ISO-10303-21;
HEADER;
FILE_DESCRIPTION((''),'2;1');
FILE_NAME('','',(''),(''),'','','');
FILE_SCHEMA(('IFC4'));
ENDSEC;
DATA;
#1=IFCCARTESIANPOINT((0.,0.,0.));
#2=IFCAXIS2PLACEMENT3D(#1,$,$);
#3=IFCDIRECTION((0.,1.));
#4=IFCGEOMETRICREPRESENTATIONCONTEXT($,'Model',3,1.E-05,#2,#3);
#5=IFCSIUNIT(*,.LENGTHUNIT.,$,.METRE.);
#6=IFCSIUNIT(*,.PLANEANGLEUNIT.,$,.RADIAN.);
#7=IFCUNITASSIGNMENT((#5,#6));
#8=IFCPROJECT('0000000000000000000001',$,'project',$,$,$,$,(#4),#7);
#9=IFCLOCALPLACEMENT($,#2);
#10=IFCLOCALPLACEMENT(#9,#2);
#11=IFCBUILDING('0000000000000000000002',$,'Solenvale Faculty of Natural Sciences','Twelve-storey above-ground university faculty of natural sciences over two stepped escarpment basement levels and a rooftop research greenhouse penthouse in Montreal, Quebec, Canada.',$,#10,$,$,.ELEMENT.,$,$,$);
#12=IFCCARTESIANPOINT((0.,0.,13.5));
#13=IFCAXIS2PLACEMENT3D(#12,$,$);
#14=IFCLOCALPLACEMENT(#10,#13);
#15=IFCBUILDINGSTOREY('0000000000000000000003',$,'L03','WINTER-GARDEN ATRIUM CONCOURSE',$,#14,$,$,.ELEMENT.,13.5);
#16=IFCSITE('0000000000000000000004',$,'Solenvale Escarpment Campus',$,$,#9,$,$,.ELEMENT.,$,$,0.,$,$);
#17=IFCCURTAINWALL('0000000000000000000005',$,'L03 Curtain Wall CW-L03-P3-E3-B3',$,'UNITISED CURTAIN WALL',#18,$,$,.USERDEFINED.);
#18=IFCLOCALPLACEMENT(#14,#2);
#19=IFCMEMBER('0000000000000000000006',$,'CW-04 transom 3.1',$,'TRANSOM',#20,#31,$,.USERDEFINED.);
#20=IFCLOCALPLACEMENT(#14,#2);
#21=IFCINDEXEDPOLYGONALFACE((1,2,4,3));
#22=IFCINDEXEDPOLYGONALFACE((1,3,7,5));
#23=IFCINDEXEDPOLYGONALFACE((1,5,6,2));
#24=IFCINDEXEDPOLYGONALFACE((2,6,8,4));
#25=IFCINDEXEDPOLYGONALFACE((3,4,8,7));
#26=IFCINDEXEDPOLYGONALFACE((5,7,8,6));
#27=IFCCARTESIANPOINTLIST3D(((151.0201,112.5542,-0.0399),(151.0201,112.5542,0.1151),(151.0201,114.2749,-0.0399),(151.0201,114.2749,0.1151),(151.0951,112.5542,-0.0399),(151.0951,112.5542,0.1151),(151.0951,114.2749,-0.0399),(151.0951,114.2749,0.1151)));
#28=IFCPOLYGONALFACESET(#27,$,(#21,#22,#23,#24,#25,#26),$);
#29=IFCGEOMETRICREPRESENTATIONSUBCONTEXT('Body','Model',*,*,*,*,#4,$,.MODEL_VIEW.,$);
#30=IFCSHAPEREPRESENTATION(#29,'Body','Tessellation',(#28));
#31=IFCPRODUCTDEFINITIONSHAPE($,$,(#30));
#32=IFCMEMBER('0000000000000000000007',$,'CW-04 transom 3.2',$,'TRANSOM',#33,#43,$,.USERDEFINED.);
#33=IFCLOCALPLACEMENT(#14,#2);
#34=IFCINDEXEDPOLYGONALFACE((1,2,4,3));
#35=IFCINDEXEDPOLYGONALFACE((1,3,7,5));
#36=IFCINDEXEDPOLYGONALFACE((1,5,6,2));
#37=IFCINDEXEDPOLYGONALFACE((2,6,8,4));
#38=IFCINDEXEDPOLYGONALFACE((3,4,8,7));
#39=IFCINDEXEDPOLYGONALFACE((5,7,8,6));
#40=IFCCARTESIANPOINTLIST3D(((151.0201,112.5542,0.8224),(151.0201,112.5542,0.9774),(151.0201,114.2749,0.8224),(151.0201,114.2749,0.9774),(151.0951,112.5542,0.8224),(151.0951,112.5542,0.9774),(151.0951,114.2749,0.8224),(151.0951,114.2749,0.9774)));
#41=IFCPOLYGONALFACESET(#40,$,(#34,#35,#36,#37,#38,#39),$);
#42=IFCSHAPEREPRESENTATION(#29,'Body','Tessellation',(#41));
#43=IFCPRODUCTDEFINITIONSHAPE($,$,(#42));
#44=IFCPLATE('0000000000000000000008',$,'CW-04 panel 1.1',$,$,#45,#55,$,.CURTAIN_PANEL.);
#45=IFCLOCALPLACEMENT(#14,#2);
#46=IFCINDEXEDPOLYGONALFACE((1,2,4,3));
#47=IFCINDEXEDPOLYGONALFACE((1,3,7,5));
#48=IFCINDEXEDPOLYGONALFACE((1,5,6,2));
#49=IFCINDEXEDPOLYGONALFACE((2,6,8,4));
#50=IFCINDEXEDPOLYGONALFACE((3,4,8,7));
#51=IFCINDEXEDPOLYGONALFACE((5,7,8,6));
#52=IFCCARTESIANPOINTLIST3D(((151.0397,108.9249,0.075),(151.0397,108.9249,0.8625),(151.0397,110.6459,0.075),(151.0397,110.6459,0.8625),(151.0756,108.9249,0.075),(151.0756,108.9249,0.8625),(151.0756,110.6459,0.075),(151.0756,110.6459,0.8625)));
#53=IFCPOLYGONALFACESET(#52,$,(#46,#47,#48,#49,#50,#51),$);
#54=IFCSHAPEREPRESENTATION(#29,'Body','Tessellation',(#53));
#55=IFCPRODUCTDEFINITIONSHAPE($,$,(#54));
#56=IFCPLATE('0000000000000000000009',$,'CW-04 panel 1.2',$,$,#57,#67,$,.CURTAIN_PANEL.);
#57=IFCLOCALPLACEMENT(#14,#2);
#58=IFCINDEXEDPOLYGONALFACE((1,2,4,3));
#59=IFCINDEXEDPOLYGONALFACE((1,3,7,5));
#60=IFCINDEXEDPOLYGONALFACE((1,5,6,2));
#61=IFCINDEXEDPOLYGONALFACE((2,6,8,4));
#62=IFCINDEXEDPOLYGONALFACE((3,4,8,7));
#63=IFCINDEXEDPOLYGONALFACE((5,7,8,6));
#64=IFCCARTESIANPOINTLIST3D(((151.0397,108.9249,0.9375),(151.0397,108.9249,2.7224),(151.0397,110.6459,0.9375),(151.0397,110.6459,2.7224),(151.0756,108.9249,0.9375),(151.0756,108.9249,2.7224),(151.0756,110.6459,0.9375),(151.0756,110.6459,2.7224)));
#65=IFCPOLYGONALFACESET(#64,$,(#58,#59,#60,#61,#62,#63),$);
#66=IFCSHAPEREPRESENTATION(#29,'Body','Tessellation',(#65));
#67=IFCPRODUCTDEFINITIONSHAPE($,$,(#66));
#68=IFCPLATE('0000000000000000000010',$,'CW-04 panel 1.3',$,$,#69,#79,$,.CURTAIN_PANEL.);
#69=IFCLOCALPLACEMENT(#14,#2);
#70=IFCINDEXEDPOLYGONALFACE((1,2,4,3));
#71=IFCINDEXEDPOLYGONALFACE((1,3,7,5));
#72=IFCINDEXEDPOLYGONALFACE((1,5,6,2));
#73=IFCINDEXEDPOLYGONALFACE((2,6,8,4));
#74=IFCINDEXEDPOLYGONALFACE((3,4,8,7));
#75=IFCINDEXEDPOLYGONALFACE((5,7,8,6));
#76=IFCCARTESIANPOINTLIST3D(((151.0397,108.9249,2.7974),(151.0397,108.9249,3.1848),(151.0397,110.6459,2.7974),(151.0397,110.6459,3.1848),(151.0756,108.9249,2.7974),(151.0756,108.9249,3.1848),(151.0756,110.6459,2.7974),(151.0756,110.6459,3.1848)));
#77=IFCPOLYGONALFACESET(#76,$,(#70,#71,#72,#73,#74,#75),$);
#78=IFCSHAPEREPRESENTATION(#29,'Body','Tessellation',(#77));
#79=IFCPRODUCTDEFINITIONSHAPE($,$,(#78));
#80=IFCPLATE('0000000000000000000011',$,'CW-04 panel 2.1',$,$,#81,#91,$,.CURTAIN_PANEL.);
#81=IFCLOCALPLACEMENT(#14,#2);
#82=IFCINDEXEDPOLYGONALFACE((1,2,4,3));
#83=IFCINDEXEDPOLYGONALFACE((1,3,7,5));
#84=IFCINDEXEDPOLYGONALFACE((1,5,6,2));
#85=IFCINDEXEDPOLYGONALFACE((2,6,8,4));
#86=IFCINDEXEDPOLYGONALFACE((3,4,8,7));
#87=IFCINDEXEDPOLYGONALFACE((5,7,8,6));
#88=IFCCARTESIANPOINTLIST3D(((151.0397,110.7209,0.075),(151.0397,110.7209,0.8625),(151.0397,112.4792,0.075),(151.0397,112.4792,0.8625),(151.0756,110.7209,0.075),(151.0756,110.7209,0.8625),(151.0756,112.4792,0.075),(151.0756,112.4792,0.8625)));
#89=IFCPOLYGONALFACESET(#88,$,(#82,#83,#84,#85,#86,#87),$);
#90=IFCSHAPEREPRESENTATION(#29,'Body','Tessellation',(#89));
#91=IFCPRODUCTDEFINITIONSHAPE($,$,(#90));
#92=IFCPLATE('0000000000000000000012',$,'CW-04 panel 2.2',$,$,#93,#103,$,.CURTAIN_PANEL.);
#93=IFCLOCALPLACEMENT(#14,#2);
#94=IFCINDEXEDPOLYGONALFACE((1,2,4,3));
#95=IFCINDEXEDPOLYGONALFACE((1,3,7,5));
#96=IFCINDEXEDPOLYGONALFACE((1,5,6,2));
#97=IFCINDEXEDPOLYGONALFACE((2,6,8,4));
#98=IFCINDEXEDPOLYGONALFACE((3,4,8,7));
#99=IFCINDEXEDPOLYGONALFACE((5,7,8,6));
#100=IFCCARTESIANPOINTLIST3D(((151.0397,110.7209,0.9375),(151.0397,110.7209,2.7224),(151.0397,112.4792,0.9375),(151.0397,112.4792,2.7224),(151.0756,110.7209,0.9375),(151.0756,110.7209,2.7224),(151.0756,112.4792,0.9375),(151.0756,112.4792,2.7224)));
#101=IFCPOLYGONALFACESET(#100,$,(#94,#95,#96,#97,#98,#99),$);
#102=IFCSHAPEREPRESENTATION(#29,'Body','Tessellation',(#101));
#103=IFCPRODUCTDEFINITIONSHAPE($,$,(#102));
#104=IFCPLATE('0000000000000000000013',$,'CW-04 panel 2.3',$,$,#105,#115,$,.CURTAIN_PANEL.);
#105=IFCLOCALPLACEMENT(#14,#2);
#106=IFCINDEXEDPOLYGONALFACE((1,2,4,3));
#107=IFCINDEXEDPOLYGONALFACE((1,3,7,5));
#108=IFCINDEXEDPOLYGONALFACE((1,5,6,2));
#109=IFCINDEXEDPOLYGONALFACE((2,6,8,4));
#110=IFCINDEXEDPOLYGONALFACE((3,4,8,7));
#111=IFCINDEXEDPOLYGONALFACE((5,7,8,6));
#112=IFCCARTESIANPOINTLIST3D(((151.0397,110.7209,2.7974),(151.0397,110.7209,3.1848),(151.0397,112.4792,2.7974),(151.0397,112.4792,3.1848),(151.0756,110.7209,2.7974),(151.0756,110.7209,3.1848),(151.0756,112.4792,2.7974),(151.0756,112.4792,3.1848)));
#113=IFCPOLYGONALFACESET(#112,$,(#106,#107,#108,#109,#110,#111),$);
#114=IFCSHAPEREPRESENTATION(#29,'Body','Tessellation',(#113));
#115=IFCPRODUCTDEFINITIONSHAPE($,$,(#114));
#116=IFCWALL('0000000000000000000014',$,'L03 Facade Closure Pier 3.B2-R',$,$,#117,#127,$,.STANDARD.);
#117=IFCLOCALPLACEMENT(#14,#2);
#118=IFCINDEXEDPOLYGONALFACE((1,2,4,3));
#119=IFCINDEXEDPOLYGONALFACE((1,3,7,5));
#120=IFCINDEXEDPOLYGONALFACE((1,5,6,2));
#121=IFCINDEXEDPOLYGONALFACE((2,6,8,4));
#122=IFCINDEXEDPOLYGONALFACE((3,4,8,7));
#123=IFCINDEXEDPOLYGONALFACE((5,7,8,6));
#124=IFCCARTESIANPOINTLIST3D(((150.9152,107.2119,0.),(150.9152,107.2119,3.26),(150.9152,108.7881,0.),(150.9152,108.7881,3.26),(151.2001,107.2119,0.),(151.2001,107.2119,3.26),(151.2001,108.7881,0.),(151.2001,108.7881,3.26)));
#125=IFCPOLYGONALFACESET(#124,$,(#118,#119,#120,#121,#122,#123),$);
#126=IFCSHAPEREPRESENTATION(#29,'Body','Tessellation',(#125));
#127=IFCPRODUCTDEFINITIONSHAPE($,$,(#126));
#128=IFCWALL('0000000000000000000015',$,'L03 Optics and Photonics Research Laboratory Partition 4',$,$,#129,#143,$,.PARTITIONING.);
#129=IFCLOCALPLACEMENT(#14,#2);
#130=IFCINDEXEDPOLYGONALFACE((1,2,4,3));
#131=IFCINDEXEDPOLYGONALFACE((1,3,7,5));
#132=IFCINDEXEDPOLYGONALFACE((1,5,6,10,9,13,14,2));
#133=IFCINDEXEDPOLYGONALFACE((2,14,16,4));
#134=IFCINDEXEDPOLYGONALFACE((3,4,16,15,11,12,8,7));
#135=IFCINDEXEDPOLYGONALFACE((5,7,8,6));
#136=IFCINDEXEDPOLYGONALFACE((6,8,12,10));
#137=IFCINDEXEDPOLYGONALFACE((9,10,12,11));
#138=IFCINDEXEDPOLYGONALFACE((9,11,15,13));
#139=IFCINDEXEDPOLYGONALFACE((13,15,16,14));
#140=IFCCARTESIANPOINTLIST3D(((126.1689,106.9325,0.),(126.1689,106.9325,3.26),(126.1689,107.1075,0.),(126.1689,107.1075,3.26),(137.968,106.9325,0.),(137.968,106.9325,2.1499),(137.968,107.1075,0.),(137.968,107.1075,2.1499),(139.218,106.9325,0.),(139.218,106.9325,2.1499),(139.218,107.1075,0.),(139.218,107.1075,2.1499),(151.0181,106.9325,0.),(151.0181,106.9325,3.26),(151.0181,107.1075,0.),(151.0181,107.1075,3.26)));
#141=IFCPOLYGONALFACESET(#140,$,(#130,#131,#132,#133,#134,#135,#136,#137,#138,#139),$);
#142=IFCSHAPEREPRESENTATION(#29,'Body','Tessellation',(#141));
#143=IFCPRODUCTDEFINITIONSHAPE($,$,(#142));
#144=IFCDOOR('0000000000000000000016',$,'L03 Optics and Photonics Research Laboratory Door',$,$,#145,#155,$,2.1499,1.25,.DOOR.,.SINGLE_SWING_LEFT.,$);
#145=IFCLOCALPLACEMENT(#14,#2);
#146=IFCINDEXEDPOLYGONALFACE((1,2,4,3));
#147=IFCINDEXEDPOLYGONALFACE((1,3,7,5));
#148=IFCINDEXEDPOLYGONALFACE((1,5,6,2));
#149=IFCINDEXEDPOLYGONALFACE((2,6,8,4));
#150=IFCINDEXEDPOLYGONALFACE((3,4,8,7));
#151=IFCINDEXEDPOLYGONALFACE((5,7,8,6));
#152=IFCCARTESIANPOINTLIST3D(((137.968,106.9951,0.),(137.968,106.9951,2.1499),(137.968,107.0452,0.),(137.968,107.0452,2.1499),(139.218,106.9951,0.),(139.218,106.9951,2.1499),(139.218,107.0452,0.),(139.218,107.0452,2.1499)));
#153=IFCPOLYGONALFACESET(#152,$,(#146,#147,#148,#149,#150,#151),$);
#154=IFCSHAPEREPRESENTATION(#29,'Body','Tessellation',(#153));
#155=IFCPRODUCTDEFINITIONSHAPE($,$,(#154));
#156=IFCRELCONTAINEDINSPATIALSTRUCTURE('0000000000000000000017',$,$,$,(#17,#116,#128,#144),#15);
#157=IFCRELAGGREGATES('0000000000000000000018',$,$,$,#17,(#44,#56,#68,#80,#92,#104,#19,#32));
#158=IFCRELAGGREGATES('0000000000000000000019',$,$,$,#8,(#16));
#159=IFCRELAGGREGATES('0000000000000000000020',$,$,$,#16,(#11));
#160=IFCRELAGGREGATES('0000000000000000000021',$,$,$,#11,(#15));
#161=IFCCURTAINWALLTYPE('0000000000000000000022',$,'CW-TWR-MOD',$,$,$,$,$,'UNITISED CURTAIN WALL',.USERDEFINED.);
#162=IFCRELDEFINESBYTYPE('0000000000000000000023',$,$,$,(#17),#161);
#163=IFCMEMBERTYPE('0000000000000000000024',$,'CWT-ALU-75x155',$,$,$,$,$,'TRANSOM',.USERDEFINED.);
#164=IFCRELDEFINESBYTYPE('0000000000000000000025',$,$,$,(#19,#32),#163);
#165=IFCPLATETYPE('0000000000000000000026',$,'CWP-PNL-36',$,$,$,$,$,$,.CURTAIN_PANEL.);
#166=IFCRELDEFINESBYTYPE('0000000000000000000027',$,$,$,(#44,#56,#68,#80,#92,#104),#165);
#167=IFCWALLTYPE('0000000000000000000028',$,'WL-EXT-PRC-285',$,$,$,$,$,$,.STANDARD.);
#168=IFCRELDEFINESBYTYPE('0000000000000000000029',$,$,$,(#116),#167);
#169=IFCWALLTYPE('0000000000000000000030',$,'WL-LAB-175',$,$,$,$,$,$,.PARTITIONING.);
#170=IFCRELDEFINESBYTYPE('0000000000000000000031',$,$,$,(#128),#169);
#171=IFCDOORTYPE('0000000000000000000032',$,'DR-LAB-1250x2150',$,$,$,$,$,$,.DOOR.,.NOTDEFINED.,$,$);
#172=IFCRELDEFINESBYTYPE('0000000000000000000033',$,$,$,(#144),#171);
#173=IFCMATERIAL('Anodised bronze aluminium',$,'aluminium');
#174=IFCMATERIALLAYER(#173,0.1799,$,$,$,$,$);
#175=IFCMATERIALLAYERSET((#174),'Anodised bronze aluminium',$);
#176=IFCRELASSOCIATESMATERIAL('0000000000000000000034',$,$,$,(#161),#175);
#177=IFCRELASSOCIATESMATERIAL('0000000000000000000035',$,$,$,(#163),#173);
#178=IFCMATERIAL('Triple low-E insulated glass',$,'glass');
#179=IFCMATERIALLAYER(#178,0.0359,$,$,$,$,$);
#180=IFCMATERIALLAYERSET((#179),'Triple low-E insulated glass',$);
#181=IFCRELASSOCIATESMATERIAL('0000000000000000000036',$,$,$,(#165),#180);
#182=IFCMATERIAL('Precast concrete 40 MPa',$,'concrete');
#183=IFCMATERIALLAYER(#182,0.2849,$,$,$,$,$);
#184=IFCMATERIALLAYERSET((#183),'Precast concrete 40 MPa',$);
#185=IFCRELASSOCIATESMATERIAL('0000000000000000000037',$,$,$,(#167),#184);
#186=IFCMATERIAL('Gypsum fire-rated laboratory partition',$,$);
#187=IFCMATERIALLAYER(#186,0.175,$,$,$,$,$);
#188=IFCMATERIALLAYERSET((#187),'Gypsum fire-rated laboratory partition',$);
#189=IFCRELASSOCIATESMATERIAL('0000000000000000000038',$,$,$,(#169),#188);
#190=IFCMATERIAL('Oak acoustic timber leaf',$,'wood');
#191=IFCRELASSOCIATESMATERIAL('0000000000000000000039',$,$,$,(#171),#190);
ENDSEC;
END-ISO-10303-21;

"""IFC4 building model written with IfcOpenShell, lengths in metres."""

from ifc_helpers import new_model, si_unit, direction, frame, frame_2d, origin, origin_2d, place, context, subcontext, project, spatial, rectangle, extrude, material, layer, layer_set, material_profile, profile_set, type_object, element, fill, aggregate, save


model = new_model("IFC4")

# Units and contexts
model_context = context("Model", 3, precision=1e-05, world=origin(), true_north=direction((0.0, 1.0)))
body_context = subcontext(model_context, "Body", "Model", "MODEL_VIEW")
ifc_project = project(units=[si_unit("LENGTHUNIT", "METRE"), si_unit("PLANEANGLEUNIT", "RADIAN")], contexts=[model_context])

# Site, building, storey
site_placement = place(None, origin())
site = spatial("IfcSite", under=ifc_project, at=site_placement, Name="Solenvale Escarpment Campus", CompositionType="ELEMENT", RefElevation=0.0)
building_placement = place(site_placement, origin())
building = spatial("IfcBuilding", under=site, at=building_placement, Name="Solenvale Faculty of Natural Sciences", Description="Twelve-storey above-ground university faculty of natural sciences over two stepped escarpment basement levels and a rooftop research greenhouse penthouse in Montreal, Quebec, Canada.", CompositionType="ELEMENT")
storey_placement = place(building_placement, frame((0.0, 0.0, 13.5)))
storey = spatial("IfcBuildingStorey", under=building, at=storey_placement, Name="L03", Description="WINTER-GARDEN ATRIUM CONCOURSE", CompositionType="ELEMENT", Elevation=13.5)

# Shared definitions
ifc_material_1 = material(Name="Anodised bronze aluminium", Category="aluminium")
ifc_layer_1 = layer(ifc_material_1, 0.1799)
ifc_layer_set_1 = layer_set([ifc_layer_1], Name="Anodised bronze aluminium")
curtain_wall_type = type_object("IfcCurtainWallType", Name="CW-TWR-MOD", ElementType="UNITISED CURTAIN WALL", PredefinedType="USERDEFINED", material=ifc_layer_set_1)

# Curtain wall, members, plates
curtain_wall_1_placement = place(storey_placement, origin())
curtain_wall_1 = element("IfcCurtainWall", 1, at=curtain_wall_1_placement, inside=storey, type_object=curtain_wall_type, Name="L03 Curtain Wall CW-L03-P3-E3-B3", ObjectType="UNITISED CURTAIN WALL", PredefinedType="USERDEFINED")
ifc_material_profile_1 = material_profile(ifc_material_1, rectangle(XDim=0.075, YDim=0.155, at=origin_2d()), Name="ALU-TRN-75x155")
ifc_profile_set_1 = profile_set([ifc_material_profile_1], Name="Anodised bronze aluminium")
member_type_1 = type_object("IfcMemberType", Name="CWT-ALU-75x155", ElementType="TRANSOM", PredefinedType="USERDEFINED", material=ifc_profile_set_1)
member_1_placement = place(storey_placement, frame((151.0576, 112.5542, 0.0376), z_axis=(0.0, 1.0, 0.0), x_axis=(-1.0, 0.0, 0.0)))
member_1 = element("IfcMember", 2, at=member_1_placement, type_object=member_type_1, Name="CW-04 transom 3.1", ObjectType="TRANSOM", PredefinedType="USERDEFINED", context=body_context, shape_type="SweptSolid", body=[
    extrude(rectangle(XDim=0.075, YDim=0.155, at=origin_2d()), origin(), (0.0, 0.0, 1.0), 1.7207),
])
member_2_placement = place(storey_placement, frame((151.0576, 112.5542, 0.8999), z_axis=(0.0, 1.0, 0.0), x_axis=(-1.0, 0.0, 0.0)))
member_2 = element("IfcMember", 3, at=member_2_placement, type_object=member_type_1, Name="CW-04 transom 3.2", ObjectType="TRANSOM", PredefinedType="USERDEFINED", context=body_context, shape_type="SweptSolid", body=[
    extrude(rectangle(XDim=0.075, YDim=0.155, at=origin_2d()), origin(), (0.0, 0.0, 1.0), 1.7207),
])
ifc_material_2 = material(Name="Triple low-E insulated glass", Category="glass")
ifc_layer_2 = layer(ifc_material_2, 0.0359)
ifc_layer_set_2 = layer_set([ifc_layer_2], Name="Triple low-E insulated glass")
plate_type = type_object("IfcPlateType", Name="CWP-PNL-36", PredefinedType="CURTAIN_PANEL", material=ifc_layer_set_2)
plate_1_placement = place(storey_placement, frame((151.0576, 109.7854, 0.075), z_axis=(0.0, 0.0, 1.0), x_axis=(0.0, 1.0, 0.0)))
plate_1 = element("IfcPlate", 4, at=plate_1_placement, type_object=plate_type, Name="CW-04 panel 1.1", PredefinedType="CURTAIN_PANEL", context=body_context, shape_type="SweptSolid", body=[
    extrude(rectangle(XDim=1.7209, YDim=0.0359, at=origin_2d()), origin(), (0.0, 0.0, 1.0), 0.7876),
])
plate_2_placement = place(storey_placement, frame((151.0576, 109.7854, 0.9375), z_axis=(0.0, 0.0, 1.0), x_axis=(0.0, 1.0, 0.0)))
plate_2 = element("IfcPlate", 5, at=plate_2_placement, type_object=plate_type, Name="CW-04 panel 1.2", PredefinedType="CURTAIN_PANEL", context=body_context, shape_type="SweptSolid", body=[
    extrude(rectangle(XDim=1.7209, YDim=0.0359, at=origin_2d()), origin(), (0.0, 0.0, 1.0), 1.7849),
])
plate_3_placement = place(storey_placement, frame((151.0576, 109.7854, 2.7974), z_axis=(0.0, 0.0, 1.0), x_axis=(0.0, 1.0, 0.0)))
plate_3 = element("IfcPlate", 6, at=plate_3_placement, type_object=plate_type, Name="CW-04 panel 1.3", PredefinedType="CURTAIN_PANEL", context=body_context, shape_type="SweptSolid", body=[
    extrude(rectangle(XDim=1.7209, YDim=0.0359, at=origin_2d()), origin(), (0.0, 0.0, 1.0), 0.3875),
])
plate_4_placement = place(storey_placement, frame((151.0576, 111.6001, 0.075), z_axis=(0.0, 0.0, 1.0), x_axis=(0.0, 1.0, 0.0)))
plate_4 = element("IfcPlate", 7, at=plate_4_placement, type_object=plate_type, Name="CW-04 panel 2.1", PredefinedType="CURTAIN_PANEL", context=body_context, shape_type="SweptSolid", body=[
    extrude(rectangle(XDim=1.7583, YDim=0.0359, at=origin_2d()), origin(), (0.0, 0.0, 1.0), 0.7876),
])
plate_5_placement = place(storey_placement, frame((151.0576, 111.6001, 0.9375), z_axis=(0.0, 0.0, 1.0), x_axis=(0.0, 1.0, 0.0)))
plate_5 = element("IfcPlate", 8, at=plate_5_placement, type_object=plate_type, Name="CW-04 panel 2.2", PredefinedType="CURTAIN_PANEL", context=body_context, shape_type="SweptSolid", body=[
    extrude(rectangle(XDim=1.7583, YDim=0.0359, at=origin_2d()), origin(), (0.0, 0.0, 1.0), 1.7849),
])
plate_6_placement = place(storey_placement, frame((151.0576, 111.6001, 2.7974), z_axis=(0.0, 0.0, 1.0), x_axis=(0.0, 1.0, 0.0)))
plate_6 = element("IfcPlate", 9, at=plate_6_placement, type_object=plate_type, Name="CW-04 panel 2.3", PredefinedType="CURTAIN_PANEL", context=body_context, shape_type="SweptSolid", body=[
    extrude(rectangle(XDim=1.7583, YDim=0.0359, at=origin_2d()), origin(), (0.0, 0.0, 1.0), 0.3875),
])
aggregate(curtain_wall_1, [plate_1, plate_2, plate_3, plate_4, plate_5, plate_6, member_1, member_2])

# Wall
ifc_material_3 = material(Name="Precast concrete 40 MPa", Category="concrete")
ifc_layer_3 = layer(ifc_material_3, 0.2849)
ifc_layer_set_3 = layer_set([ifc_layer_3], Name="Precast concrete 40 MPa")
wall_type_1 = type_object("IfcWallType", Name="WL-EXT-PRC-285", PredefinedType="STANDARD", material=ifc_layer_set_3)
wall_1_placement = place(storey_placement, frame((151.0576, 107.2119, 0.0), z_axis=(0.0, 0.0, 1.0), x_axis=(0.0, 1.0, 0.0)))
element("IfcWall", 10, at=wall_1_placement, inside=storey, type_object=wall_type_1, Name="L03 Facade Closure Pier 3.B2-R", PredefinedType="STANDARD", context=body_context, shape_type="SweptSolid", body=[
    extrude(rectangle(XDim=1.5762, YDim=0.2849, at=frame_2d((0.7881, 0.0))), origin(), (0.0, 0.0, 1.0), 3.26),
])

# Wall, opening, door
ifc_material_4 = material(Name="Gypsum fire-rated laboratory partition")
ifc_layer_4 = layer(ifc_material_4, 0.175)
ifc_layer_set_4 = layer_set([ifc_layer_4], Name="Gypsum fire-rated laboratory partition")
wall_type_2 = type_object("IfcWallType", Name="WL-LAB-175", PredefinedType="PARTITIONING", material=ifc_layer_set_4)
wall_2_placement = place(storey_placement, frame((151.0181, 107.02, 0.0), z_axis=(0.0, 0.0, 1.0), x_axis=(-1.0, 0.0, 0.0)))
wall_2 = element("IfcWall", 11, at=wall_2_placement, inside=storey, type_object=wall_type_2, Name="L03 Optics and Photonics Research Laboratory Partition 4", PredefinedType="PARTITIONING", context=body_context, shape_type="SweptSolid", body=[
    extrude(rectangle(XDim=24.8491, YDim=0.175, at=frame_2d((12.4246, 0.0))), origin(), (0.0, 0.0, 1.0), 3.26),
])
opening_placement = place(wall_2_placement, frame((11.8, 0.0, 0.0)))
opening = element("IfcOpeningElement", 12, at=opening_placement, cuts=wall_2, PredefinedType="OPENING", context=body_context, shape_type="SweptSolid", body=[
    extrude(rectangle(XDim=1.25, YDim=2.1499, at=frame_2d((0.625, 1.075))), frame((0.0, 0.0974, 0.0), z_axis=(0.0, -1.0, 0.0), x_axis=(1.0, 0.0, 0.0)), (0.0, 0.0, 1.0), 0.1951),
])
ifc_material_5 = material(Name="Oak acoustic timber leaf", Category="wood")
door_type = type_object("IfcDoorType", Name="DR-LAB-1250x2150", OperationType="NOTDEFINED", PredefinedType="DOOR", material=ifc_material_5)
door_placement = place(opening_placement, origin())
door = element("IfcDoor", 13, at=door_placement, inside=storey, type_object=door_type, Name="L03 Optics and Photonics Research Laboratory Door", OperationType="SINGLE_SWING_LEFT", OverallHeight=2.1499, OverallWidth=1.25, PredefinedType="DOOR", context=body_context, shape_type="SweptSolid", body=[
    extrude(rectangle(XDim=1.25, YDim=2.1499, at=frame_2d((0.625, 1.075))), frame((0.0, 0.0249, 0.0), z_axis=(0.0, -1.0, 0.0), x_axis=(1.0, 0.0, 0.0)), (0.0, 0.0, 1.0), 0.05),
])
fill(opening, door)

save(model, "model.ifc")
